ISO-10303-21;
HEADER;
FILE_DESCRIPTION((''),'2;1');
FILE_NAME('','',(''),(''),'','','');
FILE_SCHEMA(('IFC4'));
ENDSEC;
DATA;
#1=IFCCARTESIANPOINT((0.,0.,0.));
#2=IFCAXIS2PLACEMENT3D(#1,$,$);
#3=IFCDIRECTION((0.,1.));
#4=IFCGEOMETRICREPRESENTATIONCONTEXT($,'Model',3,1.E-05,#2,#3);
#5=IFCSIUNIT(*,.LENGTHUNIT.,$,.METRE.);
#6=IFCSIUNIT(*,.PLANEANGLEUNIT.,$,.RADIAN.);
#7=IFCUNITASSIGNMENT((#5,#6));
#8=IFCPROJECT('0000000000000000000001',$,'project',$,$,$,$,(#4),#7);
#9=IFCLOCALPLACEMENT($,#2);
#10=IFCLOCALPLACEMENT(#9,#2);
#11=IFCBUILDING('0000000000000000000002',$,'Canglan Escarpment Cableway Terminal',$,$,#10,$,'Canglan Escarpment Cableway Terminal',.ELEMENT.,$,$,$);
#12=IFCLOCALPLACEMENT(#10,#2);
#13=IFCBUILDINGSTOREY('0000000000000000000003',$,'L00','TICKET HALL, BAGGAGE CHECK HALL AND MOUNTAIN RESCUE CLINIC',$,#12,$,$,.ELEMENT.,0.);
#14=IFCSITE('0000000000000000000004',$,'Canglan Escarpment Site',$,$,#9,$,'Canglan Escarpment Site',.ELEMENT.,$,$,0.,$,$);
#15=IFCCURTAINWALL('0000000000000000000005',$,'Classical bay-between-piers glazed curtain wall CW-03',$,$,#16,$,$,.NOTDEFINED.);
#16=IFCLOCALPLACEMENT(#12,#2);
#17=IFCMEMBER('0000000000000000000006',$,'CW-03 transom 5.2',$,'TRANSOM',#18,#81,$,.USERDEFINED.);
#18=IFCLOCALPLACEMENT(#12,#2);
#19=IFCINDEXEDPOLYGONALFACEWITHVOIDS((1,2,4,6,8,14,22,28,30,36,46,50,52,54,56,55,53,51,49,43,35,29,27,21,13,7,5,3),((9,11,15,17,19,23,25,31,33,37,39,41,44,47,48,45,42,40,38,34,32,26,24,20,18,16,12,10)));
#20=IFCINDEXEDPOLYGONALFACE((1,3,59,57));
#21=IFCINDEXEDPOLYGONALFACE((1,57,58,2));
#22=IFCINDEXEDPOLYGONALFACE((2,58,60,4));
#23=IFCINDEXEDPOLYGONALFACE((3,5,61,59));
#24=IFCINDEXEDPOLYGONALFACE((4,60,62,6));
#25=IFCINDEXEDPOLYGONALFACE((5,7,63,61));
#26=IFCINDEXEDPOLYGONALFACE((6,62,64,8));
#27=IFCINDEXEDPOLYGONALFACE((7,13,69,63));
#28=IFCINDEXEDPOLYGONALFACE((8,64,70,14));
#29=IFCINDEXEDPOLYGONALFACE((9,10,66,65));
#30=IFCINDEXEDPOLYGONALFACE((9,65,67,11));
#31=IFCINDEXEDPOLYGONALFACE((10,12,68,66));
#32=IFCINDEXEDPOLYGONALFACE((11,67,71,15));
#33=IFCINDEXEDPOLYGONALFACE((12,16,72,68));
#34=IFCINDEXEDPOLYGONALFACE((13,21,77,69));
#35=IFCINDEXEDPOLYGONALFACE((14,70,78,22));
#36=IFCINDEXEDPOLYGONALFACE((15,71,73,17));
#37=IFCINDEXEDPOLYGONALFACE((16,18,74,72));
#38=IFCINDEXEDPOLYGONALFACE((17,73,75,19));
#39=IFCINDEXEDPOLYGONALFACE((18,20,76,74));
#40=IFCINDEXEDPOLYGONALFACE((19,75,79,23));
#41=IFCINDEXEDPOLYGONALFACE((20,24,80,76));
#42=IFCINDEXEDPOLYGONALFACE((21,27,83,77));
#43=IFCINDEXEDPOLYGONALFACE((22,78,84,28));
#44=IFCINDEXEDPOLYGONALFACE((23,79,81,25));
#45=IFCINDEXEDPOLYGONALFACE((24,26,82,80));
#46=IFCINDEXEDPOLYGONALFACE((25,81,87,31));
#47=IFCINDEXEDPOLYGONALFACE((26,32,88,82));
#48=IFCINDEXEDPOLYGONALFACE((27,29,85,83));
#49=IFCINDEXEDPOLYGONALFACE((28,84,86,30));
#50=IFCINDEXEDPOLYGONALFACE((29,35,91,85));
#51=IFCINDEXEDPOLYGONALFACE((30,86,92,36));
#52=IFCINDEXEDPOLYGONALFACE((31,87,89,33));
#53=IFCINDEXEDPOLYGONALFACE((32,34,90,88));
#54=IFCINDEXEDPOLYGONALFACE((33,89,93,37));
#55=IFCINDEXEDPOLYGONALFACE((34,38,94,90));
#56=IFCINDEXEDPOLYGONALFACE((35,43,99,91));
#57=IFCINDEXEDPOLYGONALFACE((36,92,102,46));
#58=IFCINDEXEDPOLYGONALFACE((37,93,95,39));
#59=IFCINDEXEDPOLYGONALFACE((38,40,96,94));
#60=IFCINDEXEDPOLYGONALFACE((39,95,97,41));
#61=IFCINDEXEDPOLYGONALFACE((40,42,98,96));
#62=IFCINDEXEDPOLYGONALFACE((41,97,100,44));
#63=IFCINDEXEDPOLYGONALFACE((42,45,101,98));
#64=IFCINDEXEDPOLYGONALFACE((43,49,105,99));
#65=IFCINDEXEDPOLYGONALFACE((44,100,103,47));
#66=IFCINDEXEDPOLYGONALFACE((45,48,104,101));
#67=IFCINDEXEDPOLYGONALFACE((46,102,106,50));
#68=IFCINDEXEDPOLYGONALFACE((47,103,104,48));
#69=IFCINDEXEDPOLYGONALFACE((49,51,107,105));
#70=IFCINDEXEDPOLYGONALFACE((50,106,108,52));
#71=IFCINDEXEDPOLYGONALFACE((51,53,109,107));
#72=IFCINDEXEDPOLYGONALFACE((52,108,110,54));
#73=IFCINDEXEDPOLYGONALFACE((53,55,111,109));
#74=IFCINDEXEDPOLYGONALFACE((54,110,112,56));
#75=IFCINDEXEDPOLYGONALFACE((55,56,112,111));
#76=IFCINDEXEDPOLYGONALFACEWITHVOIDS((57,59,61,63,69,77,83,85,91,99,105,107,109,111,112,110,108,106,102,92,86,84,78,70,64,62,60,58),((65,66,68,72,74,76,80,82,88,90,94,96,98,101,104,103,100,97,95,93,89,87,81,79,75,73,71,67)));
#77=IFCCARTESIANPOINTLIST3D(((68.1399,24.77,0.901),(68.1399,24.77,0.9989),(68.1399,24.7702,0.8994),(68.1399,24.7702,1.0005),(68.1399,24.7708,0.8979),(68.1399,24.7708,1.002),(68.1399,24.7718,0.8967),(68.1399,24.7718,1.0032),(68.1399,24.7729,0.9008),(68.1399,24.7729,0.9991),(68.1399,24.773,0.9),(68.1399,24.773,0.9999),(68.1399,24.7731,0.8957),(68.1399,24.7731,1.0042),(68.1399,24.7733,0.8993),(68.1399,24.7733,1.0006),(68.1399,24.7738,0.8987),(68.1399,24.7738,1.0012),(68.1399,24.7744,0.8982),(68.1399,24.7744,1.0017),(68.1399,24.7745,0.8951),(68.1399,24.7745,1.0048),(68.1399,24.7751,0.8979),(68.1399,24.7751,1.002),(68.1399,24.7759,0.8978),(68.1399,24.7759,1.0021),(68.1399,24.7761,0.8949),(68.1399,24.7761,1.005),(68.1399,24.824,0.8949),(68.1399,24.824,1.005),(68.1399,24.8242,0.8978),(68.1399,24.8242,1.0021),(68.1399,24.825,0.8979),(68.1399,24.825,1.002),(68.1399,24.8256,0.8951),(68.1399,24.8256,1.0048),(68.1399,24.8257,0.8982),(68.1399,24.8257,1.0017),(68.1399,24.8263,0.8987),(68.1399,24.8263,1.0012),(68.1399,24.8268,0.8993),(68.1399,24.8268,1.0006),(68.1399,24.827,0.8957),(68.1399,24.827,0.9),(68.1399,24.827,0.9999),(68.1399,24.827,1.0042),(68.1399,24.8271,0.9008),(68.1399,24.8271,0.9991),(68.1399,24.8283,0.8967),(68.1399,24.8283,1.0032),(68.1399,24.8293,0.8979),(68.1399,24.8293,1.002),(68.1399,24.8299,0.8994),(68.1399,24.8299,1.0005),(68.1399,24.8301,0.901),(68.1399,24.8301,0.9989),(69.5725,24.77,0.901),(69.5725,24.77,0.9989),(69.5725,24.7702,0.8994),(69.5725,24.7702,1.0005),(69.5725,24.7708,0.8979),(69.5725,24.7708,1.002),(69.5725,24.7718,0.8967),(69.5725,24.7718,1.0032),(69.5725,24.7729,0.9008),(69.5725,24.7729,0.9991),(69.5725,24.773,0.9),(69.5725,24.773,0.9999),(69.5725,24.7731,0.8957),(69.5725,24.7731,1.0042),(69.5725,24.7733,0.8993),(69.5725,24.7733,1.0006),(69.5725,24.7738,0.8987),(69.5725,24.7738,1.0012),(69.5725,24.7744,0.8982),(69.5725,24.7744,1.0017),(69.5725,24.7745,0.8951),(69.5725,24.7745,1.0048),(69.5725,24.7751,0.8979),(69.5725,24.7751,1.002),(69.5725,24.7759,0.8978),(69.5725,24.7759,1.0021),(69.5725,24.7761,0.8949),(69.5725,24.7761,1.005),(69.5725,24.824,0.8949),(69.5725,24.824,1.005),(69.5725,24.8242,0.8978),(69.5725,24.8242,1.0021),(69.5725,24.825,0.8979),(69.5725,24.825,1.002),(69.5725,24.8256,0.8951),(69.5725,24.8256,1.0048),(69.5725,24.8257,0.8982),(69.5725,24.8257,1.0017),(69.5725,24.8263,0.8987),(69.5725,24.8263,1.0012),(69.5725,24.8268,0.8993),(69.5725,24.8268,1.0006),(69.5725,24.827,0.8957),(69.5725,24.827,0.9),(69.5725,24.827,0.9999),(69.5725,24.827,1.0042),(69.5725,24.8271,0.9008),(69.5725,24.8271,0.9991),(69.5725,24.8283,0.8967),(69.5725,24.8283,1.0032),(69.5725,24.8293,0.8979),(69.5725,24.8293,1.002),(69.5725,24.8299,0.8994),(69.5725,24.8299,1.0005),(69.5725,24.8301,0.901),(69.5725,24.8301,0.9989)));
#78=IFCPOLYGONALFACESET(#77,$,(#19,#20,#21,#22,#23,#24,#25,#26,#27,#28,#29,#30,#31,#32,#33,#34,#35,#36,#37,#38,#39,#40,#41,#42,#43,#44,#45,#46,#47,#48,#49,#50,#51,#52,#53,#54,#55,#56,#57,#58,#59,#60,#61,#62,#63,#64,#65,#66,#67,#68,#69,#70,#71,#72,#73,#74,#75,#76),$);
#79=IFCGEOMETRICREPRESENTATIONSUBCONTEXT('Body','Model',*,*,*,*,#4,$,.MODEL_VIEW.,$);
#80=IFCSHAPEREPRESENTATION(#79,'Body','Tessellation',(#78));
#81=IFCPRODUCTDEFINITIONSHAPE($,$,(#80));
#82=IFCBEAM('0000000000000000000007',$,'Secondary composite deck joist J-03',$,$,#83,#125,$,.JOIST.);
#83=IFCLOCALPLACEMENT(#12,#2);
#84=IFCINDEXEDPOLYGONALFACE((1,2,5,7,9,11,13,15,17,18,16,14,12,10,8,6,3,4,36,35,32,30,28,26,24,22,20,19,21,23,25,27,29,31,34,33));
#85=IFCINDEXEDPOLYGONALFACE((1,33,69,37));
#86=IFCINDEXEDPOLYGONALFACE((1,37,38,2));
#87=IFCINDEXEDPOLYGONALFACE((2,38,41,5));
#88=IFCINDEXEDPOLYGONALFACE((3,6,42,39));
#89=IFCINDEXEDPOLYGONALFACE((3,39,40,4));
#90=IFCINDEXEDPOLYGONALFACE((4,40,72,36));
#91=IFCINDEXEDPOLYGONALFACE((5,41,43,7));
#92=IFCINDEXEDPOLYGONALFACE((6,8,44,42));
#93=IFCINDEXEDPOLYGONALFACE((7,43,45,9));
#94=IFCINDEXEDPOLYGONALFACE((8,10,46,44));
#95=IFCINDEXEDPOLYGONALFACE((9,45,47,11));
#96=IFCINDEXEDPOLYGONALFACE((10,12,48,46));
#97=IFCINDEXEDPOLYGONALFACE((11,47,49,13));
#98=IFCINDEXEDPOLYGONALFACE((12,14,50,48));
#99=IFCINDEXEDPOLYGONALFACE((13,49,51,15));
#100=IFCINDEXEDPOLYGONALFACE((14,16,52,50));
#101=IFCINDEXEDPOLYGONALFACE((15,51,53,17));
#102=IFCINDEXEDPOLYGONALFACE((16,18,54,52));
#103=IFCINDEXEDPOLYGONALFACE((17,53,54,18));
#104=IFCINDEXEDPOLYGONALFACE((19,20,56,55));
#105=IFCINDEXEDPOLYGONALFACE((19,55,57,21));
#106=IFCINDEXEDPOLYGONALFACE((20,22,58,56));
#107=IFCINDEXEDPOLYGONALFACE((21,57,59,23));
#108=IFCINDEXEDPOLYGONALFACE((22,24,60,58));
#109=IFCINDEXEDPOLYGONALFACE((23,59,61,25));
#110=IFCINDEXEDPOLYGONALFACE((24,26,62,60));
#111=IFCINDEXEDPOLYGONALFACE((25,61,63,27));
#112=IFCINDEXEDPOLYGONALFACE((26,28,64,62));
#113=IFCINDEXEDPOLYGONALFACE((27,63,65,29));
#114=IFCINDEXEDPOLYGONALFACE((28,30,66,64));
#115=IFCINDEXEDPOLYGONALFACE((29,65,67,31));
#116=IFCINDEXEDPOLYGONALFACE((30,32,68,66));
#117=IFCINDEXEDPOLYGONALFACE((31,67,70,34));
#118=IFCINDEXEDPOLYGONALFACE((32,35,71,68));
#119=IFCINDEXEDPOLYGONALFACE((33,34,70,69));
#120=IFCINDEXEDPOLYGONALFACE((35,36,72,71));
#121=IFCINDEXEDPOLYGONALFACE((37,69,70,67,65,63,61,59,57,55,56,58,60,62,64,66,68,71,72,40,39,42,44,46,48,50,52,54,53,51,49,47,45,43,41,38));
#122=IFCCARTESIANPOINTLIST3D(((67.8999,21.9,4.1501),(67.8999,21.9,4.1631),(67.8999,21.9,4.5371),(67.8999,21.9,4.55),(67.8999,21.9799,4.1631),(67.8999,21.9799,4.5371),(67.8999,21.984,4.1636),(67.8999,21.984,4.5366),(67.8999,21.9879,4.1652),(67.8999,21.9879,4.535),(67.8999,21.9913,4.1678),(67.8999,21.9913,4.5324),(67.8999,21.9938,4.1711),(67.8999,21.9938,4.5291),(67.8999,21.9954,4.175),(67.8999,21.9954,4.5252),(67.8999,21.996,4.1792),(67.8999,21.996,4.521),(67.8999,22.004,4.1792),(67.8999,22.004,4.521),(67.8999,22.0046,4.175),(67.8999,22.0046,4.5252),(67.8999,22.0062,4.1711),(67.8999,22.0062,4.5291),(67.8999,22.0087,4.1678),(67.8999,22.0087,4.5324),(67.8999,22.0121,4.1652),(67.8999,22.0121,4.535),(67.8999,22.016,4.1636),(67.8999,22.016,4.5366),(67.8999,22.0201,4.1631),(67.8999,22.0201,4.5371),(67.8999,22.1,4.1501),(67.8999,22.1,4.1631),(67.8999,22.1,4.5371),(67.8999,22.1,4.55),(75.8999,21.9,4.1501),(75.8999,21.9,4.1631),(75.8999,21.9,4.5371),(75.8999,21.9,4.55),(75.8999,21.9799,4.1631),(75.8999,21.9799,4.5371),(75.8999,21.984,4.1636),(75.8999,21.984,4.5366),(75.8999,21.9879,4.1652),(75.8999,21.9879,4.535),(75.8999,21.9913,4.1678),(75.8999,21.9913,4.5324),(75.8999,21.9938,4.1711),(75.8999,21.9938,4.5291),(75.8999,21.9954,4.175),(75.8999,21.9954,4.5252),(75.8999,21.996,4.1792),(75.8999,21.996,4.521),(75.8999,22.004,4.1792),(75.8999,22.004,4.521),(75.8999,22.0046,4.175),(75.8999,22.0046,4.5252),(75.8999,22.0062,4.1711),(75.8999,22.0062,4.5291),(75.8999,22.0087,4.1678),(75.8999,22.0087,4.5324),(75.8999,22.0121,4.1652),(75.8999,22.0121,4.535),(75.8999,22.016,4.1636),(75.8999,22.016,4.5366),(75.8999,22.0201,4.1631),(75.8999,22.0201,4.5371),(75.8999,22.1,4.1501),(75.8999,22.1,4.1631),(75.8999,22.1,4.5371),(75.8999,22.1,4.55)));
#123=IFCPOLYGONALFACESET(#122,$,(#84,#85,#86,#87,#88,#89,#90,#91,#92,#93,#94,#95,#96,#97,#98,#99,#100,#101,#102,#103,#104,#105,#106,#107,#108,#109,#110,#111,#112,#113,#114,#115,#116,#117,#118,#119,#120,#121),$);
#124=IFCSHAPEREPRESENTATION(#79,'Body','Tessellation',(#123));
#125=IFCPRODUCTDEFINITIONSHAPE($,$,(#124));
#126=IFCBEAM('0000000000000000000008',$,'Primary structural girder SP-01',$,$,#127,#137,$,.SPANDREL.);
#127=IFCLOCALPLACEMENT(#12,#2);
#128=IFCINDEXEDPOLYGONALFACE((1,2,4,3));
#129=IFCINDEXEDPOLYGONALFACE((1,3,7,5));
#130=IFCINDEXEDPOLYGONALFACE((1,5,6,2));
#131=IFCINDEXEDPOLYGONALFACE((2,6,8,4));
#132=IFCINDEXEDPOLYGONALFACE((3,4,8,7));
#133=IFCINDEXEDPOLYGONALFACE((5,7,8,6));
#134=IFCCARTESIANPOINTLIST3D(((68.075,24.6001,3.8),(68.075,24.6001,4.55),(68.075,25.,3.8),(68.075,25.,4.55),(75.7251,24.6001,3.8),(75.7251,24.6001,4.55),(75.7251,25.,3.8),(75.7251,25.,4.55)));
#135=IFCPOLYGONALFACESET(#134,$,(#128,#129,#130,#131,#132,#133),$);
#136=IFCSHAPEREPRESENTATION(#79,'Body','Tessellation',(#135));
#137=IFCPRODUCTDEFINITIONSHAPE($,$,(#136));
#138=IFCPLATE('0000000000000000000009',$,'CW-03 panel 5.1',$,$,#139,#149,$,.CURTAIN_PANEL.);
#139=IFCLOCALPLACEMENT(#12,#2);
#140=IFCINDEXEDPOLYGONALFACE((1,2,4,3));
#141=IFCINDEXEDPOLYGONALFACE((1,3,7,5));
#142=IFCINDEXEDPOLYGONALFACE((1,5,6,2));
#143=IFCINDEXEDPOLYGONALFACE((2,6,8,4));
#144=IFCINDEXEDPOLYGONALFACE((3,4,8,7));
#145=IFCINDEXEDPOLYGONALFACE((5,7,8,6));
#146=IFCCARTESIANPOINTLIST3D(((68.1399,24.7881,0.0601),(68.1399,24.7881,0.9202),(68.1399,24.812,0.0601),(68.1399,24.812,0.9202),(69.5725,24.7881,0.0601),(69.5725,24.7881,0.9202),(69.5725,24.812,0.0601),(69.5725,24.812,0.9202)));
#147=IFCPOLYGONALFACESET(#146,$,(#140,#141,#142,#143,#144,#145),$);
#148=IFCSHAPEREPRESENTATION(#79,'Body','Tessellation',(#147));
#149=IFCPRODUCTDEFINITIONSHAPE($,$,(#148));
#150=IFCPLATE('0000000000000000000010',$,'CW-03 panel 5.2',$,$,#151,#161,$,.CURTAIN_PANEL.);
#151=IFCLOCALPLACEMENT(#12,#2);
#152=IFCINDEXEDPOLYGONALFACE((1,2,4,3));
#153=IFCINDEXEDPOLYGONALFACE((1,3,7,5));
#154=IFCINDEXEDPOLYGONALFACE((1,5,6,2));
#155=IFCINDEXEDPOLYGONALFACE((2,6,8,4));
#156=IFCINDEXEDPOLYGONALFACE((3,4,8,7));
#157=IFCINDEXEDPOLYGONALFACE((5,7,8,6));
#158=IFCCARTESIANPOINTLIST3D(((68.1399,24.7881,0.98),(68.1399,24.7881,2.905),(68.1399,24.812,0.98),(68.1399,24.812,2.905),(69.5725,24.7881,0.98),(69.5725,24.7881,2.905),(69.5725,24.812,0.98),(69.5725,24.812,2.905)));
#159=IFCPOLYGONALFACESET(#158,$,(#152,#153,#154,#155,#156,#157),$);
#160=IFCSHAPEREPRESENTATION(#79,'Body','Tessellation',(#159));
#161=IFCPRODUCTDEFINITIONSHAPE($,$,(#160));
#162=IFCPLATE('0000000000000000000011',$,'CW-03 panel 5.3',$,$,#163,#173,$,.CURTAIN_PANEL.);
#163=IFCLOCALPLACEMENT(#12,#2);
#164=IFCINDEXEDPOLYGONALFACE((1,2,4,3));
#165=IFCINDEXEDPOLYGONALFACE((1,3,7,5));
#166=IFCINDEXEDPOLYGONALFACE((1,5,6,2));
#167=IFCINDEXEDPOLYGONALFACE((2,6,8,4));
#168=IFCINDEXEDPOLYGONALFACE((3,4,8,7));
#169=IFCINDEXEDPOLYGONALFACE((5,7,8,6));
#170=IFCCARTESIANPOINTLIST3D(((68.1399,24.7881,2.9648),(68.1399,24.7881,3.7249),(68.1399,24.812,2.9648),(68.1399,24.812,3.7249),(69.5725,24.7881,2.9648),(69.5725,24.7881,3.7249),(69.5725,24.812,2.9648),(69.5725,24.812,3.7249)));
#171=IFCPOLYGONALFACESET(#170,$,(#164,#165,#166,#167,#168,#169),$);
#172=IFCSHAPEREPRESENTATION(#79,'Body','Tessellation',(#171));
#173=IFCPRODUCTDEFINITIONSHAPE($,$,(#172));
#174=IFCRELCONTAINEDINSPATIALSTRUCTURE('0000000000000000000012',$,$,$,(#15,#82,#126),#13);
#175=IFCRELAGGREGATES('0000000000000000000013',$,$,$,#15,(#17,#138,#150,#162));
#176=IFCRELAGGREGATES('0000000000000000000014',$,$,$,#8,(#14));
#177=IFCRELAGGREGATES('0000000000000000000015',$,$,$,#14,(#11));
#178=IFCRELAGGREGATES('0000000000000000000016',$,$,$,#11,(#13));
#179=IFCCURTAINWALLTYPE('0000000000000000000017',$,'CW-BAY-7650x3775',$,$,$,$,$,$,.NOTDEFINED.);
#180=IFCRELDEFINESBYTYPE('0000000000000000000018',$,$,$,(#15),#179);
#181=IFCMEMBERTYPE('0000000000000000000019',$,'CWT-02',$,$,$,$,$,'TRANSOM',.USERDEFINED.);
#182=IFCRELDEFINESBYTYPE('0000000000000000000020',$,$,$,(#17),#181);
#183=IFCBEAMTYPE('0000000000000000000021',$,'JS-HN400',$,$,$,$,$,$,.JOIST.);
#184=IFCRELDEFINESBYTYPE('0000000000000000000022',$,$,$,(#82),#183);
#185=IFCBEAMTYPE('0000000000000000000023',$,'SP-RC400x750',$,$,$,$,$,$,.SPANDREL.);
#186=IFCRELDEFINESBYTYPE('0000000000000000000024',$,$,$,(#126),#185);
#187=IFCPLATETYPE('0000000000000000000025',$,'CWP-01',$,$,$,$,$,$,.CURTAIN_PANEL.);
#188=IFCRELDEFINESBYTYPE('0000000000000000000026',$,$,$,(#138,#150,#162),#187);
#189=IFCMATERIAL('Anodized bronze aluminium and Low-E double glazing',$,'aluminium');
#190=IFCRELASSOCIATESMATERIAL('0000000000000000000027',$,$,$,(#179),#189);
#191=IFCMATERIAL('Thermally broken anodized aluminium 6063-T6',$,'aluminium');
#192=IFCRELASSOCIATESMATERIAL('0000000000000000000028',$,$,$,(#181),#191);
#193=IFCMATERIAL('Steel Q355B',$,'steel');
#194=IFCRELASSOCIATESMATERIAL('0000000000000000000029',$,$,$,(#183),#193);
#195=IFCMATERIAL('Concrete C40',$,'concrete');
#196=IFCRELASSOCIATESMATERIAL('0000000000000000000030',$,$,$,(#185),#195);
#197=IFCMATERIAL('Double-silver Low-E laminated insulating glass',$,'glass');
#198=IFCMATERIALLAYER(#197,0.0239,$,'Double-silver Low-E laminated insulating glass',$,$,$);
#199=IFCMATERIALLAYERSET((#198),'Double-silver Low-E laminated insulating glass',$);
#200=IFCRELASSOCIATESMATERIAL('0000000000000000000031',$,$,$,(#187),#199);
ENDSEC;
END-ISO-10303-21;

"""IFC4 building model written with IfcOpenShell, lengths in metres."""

from ifc_helpers import new_model, si_unit, direction, frame, origin, origin_2d, place, context, subcontext, project, spatial, rectangle, hollow_rectangle, i_section, extrude, material, layer, layer_set, material_profile, profile_set, type_object, element, aggregate, save


model = new_model("IFC4")

# Units and contexts
model_context = context("Model", 3, precision=1e-05, world=origin(), true_north=direction((0.0, 1.0)))
body_context = subcontext(model_context, "Body", "Model", "MODEL_VIEW")
ifc_project = project(units=[si_unit("LENGTHUNIT", "METRE"), si_unit("PLANEANGLEUNIT", "RADIAN")], contexts=[model_context])

# Site, building, storey
site_placement = place(None, origin())
site = spatial("IfcSite", under=ifc_project, at=site_placement, Name="Canglan Escarpment Site", LongName="Canglan Escarpment Site", CompositionType="ELEMENT", RefElevation=0.0)
building_placement = place(site_placement, origin())
building = spatial("IfcBuilding", under=site, at=building_placement, Name="Canglan Escarpment Cableway Terminal", LongName="Canglan Escarpment Cableway Terminal", CompositionType="ELEMENT")
storey_placement = place(building_placement, origin())
storey = spatial("IfcBuildingStorey", under=building, at=storey_placement, Name="L00", Description="TICKET HALL, BAGGAGE CHECK HALL AND MOUNTAIN RESCUE CLINIC", CompositionType="ELEMENT", Elevation=0.0)

# Shared definitions
ifc_material_1 = material(Name="Concrete C40", Category="concrete")

# Curtain wall, member
ifc_material_2 = material(Name="Anodized bronze aluminium and Low-E double glazing", Category="aluminium")
curtain_wall_type = type_object("IfcCurtainWallType", Name="CW-BAY-7650x3775", PredefinedType="NOTDEFINED", material=ifc_material_2)
curtain_wall_placement = place(storey_placement, origin())
curtain_wall = element("IfcCurtainWall", 1, at=curtain_wall_placement, inside=storey, type_object=curtain_wall_type, Name="Classical bay-between-piers glazed curtain wall CW-03", PredefinedType="NOTDEFINED")
ifc_material_3 = material(Name="Thermally broken anodized aluminium 6063-T6", Category="aluminium")
ifc_material_profile_1 = material_profile(ifc_material_3, hollow_rectangle(XDim=0.0601, YDim=0.1101, WallThickness=0.0029, InnerFilletRadius=0.0029, OuterFilletRadius=0.0061, at=origin_2d()), Name="ALU-TRAN 60x110x3")
ifc_profile_set_1 = profile_set([ifc_material_profile_1], Name="Thermally broken anodized aluminium 6063-T6")
member_type_1 = type_object("IfcMemberType", Name="CWT-02", ElementType="TRANSOM", PredefinedType="USERDEFINED", material=ifc_profile_set_1)
member_1_placement = place(storey_placement, frame((69.5725, 24.8, 0.95), z_axis=(-1.0, 0.0, 0.0), x_axis=(0.0, -1.0, 0.0)))
member_1 = element("IfcMember", 2, at=member_1_placement, type_object=member_type_1, Name="CW-03 transom 5.2", ObjectType="TRANSOM", PredefinedType="USERDEFINED", context=body_context, shape_type="SweptSolid", body=[
    extrude(hollow_rectangle(XDim=0.0601, YDim=0.1101, WallThickness=0.0029, InnerFilletRadius=0.0029, OuterFilletRadius=0.0061, at=origin_2d()), origin(), (0.0, 0.0, 1.0), 1.4326),
])

# Beams
ifc_material_4 = material(Name="Steel Q355B", Category="steel")
ifc_material_profile_2 = material_profile(ifc_material_4, i_section(OverallWidth=0.2, OverallDepth=0.3999, WebThickness=0.0081, FlangeThickness=0.0129, FilletRadius=0.0161, at=origin_2d()), Name="HN 400x200x8x13")
ifc_profile_set_2 = profile_set([ifc_material_profile_2], Name="Steel Q355B")
beam_type_1 = type_object("IfcBeamType", Name="JS-HN400", PredefinedType="JOIST", material=ifc_profile_set_2)
beam_1_placement = place(storey_placement, frame((67.8999, 22.0, 4.3501), z_axis=(1.0, 0.0, 0.0), x_axis=(0.0, 1.0, 0.0)))
element("IfcBeam", 3, at=beam_1_placement, inside=storey, type_object=beam_type_1, Name="Secondary composite deck joist J-03", PredefinedType="JOIST", context=body_context, shape_type="SweptSolid", body=[
    extrude(i_section(OverallWidth=0.2, OverallDepth=0.3999, WebThickness=0.0081, FlangeThickness=0.0129, FilletRadius=0.0161, at=origin_2d()), origin(), (0.0, 0.0, 1.0), 8.0),
])
ifc_material_profile_3 = material_profile(ifc_material_1, rectangle(XDim=0.3999, YDim=0.75, at=origin_2d()), Name="RC 400x750")
ifc_profile_set_3 = profile_set([ifc_material_profile_3], Name="Concrete C40")
beam_type_2 = type_object("IfcBeamType", Name="SP-RC400x750", PredefinedType="SPANDREL", material=ifc_profile_set_3)
beam_2_placement = place(storey_placement, frame((68.075, 24.8, 4.175), z_axis=(1.0, 0.0, 0.0), x_axis=(0.0, 1.0, 0.0)))
element("IfcBeam", 4, at=beam_2_placement, inside=storey, type_object=beam_type_2, Name="Primary structural girder SP-01", PredefinedType="SPANDREL", context=body_context, shape_type="SweptSolid", body=[
    extrude(rectangle(XDim=0.3999, YDim=0.75, at=origin_2d()), origin(), (0.0, 0.0, 1.0), 7.6501),
])

# Plates
ifc_material_5 = material(Name="Double-silver Low-E laminated insulating glass", Category="glass")
ifc_layer_1 = layer(ifc_material_5, 0.0239, Name="Double-silver Low-E laminated insulating glass")
ifc_layer_set_1 = layer_set([ifc_layer_1], Name="Double-silver Low-E laminated insulating glass")
plate_type = type_object("IfcPlateType", Name="CWP-01", PredefinedType="CURTAIN_PANEL", material=ifc_layer_set_1)
plate_1_placement = place(storey_placement, frame((68.8562, 24.8, 0.0601), z_axis=(0.0, 0.0, 1.0), x_axis=(-1.0, 0.0, 0.0)))
plate_1 = element("IfcPlate", 5, at=plate_1_placement, type_object=plate_type, Name="CW-03 panel 5.1", PredefinedType="CURTAIN_PANEL", context=body_context, shape_type="SweptSolid", body=[
    extrude(rectangle(XDim=1.4326, YDim=0.0239, at=origin_2d()), origin(), (0.0, 0.0, 1.0), 0.8601),
])
plate_2_placement = place(storey_placement, frame((68.8562, 24.8, 0.98), z_axis=(0.0, 0.0, 1.0), x_axis=(-1.0, 0.0, 0.0)))
plate_2 = element("IfcPlate", 6, at=plate_2_placement, type_object=plate_type, Name="CW-03 panel 5.2", PredefinedType="CURTAIN_PANEL", context=body_context, shape_type="SweptSolid", body=[
    extrude(rectangle(XDim=1.4326, YDim=0.0239, at=origin_2d()), origin(), (0.0, 0.0, 1.0), 1.925),
])
plate_3_placement = place(storey_placement, frame((68.8562, 24.8, 2.9648), z_axis=(0.0, 0.0, 1.0), x_axis=(-1.0, 0.0, 0.0)))
plate_3 = element("IfcPlate", 7, at=plate_3_placement, type_object=plate_type, Name="CW-03 panel 5.3", PredefinedType="CURTAIN_PANEL", context=body_context, shape_type="SweptSolid", body=[
    extrude(rectangle(XDim=1.4326, YDim=0.0239, at=origin_2d()), origin(), (0.0, 0.0, 1.0), 0.76),
])
aggregate(curtain_wall, [member_1, plate_1, plate_2, plate_3])

save(model, "model.ifc")
